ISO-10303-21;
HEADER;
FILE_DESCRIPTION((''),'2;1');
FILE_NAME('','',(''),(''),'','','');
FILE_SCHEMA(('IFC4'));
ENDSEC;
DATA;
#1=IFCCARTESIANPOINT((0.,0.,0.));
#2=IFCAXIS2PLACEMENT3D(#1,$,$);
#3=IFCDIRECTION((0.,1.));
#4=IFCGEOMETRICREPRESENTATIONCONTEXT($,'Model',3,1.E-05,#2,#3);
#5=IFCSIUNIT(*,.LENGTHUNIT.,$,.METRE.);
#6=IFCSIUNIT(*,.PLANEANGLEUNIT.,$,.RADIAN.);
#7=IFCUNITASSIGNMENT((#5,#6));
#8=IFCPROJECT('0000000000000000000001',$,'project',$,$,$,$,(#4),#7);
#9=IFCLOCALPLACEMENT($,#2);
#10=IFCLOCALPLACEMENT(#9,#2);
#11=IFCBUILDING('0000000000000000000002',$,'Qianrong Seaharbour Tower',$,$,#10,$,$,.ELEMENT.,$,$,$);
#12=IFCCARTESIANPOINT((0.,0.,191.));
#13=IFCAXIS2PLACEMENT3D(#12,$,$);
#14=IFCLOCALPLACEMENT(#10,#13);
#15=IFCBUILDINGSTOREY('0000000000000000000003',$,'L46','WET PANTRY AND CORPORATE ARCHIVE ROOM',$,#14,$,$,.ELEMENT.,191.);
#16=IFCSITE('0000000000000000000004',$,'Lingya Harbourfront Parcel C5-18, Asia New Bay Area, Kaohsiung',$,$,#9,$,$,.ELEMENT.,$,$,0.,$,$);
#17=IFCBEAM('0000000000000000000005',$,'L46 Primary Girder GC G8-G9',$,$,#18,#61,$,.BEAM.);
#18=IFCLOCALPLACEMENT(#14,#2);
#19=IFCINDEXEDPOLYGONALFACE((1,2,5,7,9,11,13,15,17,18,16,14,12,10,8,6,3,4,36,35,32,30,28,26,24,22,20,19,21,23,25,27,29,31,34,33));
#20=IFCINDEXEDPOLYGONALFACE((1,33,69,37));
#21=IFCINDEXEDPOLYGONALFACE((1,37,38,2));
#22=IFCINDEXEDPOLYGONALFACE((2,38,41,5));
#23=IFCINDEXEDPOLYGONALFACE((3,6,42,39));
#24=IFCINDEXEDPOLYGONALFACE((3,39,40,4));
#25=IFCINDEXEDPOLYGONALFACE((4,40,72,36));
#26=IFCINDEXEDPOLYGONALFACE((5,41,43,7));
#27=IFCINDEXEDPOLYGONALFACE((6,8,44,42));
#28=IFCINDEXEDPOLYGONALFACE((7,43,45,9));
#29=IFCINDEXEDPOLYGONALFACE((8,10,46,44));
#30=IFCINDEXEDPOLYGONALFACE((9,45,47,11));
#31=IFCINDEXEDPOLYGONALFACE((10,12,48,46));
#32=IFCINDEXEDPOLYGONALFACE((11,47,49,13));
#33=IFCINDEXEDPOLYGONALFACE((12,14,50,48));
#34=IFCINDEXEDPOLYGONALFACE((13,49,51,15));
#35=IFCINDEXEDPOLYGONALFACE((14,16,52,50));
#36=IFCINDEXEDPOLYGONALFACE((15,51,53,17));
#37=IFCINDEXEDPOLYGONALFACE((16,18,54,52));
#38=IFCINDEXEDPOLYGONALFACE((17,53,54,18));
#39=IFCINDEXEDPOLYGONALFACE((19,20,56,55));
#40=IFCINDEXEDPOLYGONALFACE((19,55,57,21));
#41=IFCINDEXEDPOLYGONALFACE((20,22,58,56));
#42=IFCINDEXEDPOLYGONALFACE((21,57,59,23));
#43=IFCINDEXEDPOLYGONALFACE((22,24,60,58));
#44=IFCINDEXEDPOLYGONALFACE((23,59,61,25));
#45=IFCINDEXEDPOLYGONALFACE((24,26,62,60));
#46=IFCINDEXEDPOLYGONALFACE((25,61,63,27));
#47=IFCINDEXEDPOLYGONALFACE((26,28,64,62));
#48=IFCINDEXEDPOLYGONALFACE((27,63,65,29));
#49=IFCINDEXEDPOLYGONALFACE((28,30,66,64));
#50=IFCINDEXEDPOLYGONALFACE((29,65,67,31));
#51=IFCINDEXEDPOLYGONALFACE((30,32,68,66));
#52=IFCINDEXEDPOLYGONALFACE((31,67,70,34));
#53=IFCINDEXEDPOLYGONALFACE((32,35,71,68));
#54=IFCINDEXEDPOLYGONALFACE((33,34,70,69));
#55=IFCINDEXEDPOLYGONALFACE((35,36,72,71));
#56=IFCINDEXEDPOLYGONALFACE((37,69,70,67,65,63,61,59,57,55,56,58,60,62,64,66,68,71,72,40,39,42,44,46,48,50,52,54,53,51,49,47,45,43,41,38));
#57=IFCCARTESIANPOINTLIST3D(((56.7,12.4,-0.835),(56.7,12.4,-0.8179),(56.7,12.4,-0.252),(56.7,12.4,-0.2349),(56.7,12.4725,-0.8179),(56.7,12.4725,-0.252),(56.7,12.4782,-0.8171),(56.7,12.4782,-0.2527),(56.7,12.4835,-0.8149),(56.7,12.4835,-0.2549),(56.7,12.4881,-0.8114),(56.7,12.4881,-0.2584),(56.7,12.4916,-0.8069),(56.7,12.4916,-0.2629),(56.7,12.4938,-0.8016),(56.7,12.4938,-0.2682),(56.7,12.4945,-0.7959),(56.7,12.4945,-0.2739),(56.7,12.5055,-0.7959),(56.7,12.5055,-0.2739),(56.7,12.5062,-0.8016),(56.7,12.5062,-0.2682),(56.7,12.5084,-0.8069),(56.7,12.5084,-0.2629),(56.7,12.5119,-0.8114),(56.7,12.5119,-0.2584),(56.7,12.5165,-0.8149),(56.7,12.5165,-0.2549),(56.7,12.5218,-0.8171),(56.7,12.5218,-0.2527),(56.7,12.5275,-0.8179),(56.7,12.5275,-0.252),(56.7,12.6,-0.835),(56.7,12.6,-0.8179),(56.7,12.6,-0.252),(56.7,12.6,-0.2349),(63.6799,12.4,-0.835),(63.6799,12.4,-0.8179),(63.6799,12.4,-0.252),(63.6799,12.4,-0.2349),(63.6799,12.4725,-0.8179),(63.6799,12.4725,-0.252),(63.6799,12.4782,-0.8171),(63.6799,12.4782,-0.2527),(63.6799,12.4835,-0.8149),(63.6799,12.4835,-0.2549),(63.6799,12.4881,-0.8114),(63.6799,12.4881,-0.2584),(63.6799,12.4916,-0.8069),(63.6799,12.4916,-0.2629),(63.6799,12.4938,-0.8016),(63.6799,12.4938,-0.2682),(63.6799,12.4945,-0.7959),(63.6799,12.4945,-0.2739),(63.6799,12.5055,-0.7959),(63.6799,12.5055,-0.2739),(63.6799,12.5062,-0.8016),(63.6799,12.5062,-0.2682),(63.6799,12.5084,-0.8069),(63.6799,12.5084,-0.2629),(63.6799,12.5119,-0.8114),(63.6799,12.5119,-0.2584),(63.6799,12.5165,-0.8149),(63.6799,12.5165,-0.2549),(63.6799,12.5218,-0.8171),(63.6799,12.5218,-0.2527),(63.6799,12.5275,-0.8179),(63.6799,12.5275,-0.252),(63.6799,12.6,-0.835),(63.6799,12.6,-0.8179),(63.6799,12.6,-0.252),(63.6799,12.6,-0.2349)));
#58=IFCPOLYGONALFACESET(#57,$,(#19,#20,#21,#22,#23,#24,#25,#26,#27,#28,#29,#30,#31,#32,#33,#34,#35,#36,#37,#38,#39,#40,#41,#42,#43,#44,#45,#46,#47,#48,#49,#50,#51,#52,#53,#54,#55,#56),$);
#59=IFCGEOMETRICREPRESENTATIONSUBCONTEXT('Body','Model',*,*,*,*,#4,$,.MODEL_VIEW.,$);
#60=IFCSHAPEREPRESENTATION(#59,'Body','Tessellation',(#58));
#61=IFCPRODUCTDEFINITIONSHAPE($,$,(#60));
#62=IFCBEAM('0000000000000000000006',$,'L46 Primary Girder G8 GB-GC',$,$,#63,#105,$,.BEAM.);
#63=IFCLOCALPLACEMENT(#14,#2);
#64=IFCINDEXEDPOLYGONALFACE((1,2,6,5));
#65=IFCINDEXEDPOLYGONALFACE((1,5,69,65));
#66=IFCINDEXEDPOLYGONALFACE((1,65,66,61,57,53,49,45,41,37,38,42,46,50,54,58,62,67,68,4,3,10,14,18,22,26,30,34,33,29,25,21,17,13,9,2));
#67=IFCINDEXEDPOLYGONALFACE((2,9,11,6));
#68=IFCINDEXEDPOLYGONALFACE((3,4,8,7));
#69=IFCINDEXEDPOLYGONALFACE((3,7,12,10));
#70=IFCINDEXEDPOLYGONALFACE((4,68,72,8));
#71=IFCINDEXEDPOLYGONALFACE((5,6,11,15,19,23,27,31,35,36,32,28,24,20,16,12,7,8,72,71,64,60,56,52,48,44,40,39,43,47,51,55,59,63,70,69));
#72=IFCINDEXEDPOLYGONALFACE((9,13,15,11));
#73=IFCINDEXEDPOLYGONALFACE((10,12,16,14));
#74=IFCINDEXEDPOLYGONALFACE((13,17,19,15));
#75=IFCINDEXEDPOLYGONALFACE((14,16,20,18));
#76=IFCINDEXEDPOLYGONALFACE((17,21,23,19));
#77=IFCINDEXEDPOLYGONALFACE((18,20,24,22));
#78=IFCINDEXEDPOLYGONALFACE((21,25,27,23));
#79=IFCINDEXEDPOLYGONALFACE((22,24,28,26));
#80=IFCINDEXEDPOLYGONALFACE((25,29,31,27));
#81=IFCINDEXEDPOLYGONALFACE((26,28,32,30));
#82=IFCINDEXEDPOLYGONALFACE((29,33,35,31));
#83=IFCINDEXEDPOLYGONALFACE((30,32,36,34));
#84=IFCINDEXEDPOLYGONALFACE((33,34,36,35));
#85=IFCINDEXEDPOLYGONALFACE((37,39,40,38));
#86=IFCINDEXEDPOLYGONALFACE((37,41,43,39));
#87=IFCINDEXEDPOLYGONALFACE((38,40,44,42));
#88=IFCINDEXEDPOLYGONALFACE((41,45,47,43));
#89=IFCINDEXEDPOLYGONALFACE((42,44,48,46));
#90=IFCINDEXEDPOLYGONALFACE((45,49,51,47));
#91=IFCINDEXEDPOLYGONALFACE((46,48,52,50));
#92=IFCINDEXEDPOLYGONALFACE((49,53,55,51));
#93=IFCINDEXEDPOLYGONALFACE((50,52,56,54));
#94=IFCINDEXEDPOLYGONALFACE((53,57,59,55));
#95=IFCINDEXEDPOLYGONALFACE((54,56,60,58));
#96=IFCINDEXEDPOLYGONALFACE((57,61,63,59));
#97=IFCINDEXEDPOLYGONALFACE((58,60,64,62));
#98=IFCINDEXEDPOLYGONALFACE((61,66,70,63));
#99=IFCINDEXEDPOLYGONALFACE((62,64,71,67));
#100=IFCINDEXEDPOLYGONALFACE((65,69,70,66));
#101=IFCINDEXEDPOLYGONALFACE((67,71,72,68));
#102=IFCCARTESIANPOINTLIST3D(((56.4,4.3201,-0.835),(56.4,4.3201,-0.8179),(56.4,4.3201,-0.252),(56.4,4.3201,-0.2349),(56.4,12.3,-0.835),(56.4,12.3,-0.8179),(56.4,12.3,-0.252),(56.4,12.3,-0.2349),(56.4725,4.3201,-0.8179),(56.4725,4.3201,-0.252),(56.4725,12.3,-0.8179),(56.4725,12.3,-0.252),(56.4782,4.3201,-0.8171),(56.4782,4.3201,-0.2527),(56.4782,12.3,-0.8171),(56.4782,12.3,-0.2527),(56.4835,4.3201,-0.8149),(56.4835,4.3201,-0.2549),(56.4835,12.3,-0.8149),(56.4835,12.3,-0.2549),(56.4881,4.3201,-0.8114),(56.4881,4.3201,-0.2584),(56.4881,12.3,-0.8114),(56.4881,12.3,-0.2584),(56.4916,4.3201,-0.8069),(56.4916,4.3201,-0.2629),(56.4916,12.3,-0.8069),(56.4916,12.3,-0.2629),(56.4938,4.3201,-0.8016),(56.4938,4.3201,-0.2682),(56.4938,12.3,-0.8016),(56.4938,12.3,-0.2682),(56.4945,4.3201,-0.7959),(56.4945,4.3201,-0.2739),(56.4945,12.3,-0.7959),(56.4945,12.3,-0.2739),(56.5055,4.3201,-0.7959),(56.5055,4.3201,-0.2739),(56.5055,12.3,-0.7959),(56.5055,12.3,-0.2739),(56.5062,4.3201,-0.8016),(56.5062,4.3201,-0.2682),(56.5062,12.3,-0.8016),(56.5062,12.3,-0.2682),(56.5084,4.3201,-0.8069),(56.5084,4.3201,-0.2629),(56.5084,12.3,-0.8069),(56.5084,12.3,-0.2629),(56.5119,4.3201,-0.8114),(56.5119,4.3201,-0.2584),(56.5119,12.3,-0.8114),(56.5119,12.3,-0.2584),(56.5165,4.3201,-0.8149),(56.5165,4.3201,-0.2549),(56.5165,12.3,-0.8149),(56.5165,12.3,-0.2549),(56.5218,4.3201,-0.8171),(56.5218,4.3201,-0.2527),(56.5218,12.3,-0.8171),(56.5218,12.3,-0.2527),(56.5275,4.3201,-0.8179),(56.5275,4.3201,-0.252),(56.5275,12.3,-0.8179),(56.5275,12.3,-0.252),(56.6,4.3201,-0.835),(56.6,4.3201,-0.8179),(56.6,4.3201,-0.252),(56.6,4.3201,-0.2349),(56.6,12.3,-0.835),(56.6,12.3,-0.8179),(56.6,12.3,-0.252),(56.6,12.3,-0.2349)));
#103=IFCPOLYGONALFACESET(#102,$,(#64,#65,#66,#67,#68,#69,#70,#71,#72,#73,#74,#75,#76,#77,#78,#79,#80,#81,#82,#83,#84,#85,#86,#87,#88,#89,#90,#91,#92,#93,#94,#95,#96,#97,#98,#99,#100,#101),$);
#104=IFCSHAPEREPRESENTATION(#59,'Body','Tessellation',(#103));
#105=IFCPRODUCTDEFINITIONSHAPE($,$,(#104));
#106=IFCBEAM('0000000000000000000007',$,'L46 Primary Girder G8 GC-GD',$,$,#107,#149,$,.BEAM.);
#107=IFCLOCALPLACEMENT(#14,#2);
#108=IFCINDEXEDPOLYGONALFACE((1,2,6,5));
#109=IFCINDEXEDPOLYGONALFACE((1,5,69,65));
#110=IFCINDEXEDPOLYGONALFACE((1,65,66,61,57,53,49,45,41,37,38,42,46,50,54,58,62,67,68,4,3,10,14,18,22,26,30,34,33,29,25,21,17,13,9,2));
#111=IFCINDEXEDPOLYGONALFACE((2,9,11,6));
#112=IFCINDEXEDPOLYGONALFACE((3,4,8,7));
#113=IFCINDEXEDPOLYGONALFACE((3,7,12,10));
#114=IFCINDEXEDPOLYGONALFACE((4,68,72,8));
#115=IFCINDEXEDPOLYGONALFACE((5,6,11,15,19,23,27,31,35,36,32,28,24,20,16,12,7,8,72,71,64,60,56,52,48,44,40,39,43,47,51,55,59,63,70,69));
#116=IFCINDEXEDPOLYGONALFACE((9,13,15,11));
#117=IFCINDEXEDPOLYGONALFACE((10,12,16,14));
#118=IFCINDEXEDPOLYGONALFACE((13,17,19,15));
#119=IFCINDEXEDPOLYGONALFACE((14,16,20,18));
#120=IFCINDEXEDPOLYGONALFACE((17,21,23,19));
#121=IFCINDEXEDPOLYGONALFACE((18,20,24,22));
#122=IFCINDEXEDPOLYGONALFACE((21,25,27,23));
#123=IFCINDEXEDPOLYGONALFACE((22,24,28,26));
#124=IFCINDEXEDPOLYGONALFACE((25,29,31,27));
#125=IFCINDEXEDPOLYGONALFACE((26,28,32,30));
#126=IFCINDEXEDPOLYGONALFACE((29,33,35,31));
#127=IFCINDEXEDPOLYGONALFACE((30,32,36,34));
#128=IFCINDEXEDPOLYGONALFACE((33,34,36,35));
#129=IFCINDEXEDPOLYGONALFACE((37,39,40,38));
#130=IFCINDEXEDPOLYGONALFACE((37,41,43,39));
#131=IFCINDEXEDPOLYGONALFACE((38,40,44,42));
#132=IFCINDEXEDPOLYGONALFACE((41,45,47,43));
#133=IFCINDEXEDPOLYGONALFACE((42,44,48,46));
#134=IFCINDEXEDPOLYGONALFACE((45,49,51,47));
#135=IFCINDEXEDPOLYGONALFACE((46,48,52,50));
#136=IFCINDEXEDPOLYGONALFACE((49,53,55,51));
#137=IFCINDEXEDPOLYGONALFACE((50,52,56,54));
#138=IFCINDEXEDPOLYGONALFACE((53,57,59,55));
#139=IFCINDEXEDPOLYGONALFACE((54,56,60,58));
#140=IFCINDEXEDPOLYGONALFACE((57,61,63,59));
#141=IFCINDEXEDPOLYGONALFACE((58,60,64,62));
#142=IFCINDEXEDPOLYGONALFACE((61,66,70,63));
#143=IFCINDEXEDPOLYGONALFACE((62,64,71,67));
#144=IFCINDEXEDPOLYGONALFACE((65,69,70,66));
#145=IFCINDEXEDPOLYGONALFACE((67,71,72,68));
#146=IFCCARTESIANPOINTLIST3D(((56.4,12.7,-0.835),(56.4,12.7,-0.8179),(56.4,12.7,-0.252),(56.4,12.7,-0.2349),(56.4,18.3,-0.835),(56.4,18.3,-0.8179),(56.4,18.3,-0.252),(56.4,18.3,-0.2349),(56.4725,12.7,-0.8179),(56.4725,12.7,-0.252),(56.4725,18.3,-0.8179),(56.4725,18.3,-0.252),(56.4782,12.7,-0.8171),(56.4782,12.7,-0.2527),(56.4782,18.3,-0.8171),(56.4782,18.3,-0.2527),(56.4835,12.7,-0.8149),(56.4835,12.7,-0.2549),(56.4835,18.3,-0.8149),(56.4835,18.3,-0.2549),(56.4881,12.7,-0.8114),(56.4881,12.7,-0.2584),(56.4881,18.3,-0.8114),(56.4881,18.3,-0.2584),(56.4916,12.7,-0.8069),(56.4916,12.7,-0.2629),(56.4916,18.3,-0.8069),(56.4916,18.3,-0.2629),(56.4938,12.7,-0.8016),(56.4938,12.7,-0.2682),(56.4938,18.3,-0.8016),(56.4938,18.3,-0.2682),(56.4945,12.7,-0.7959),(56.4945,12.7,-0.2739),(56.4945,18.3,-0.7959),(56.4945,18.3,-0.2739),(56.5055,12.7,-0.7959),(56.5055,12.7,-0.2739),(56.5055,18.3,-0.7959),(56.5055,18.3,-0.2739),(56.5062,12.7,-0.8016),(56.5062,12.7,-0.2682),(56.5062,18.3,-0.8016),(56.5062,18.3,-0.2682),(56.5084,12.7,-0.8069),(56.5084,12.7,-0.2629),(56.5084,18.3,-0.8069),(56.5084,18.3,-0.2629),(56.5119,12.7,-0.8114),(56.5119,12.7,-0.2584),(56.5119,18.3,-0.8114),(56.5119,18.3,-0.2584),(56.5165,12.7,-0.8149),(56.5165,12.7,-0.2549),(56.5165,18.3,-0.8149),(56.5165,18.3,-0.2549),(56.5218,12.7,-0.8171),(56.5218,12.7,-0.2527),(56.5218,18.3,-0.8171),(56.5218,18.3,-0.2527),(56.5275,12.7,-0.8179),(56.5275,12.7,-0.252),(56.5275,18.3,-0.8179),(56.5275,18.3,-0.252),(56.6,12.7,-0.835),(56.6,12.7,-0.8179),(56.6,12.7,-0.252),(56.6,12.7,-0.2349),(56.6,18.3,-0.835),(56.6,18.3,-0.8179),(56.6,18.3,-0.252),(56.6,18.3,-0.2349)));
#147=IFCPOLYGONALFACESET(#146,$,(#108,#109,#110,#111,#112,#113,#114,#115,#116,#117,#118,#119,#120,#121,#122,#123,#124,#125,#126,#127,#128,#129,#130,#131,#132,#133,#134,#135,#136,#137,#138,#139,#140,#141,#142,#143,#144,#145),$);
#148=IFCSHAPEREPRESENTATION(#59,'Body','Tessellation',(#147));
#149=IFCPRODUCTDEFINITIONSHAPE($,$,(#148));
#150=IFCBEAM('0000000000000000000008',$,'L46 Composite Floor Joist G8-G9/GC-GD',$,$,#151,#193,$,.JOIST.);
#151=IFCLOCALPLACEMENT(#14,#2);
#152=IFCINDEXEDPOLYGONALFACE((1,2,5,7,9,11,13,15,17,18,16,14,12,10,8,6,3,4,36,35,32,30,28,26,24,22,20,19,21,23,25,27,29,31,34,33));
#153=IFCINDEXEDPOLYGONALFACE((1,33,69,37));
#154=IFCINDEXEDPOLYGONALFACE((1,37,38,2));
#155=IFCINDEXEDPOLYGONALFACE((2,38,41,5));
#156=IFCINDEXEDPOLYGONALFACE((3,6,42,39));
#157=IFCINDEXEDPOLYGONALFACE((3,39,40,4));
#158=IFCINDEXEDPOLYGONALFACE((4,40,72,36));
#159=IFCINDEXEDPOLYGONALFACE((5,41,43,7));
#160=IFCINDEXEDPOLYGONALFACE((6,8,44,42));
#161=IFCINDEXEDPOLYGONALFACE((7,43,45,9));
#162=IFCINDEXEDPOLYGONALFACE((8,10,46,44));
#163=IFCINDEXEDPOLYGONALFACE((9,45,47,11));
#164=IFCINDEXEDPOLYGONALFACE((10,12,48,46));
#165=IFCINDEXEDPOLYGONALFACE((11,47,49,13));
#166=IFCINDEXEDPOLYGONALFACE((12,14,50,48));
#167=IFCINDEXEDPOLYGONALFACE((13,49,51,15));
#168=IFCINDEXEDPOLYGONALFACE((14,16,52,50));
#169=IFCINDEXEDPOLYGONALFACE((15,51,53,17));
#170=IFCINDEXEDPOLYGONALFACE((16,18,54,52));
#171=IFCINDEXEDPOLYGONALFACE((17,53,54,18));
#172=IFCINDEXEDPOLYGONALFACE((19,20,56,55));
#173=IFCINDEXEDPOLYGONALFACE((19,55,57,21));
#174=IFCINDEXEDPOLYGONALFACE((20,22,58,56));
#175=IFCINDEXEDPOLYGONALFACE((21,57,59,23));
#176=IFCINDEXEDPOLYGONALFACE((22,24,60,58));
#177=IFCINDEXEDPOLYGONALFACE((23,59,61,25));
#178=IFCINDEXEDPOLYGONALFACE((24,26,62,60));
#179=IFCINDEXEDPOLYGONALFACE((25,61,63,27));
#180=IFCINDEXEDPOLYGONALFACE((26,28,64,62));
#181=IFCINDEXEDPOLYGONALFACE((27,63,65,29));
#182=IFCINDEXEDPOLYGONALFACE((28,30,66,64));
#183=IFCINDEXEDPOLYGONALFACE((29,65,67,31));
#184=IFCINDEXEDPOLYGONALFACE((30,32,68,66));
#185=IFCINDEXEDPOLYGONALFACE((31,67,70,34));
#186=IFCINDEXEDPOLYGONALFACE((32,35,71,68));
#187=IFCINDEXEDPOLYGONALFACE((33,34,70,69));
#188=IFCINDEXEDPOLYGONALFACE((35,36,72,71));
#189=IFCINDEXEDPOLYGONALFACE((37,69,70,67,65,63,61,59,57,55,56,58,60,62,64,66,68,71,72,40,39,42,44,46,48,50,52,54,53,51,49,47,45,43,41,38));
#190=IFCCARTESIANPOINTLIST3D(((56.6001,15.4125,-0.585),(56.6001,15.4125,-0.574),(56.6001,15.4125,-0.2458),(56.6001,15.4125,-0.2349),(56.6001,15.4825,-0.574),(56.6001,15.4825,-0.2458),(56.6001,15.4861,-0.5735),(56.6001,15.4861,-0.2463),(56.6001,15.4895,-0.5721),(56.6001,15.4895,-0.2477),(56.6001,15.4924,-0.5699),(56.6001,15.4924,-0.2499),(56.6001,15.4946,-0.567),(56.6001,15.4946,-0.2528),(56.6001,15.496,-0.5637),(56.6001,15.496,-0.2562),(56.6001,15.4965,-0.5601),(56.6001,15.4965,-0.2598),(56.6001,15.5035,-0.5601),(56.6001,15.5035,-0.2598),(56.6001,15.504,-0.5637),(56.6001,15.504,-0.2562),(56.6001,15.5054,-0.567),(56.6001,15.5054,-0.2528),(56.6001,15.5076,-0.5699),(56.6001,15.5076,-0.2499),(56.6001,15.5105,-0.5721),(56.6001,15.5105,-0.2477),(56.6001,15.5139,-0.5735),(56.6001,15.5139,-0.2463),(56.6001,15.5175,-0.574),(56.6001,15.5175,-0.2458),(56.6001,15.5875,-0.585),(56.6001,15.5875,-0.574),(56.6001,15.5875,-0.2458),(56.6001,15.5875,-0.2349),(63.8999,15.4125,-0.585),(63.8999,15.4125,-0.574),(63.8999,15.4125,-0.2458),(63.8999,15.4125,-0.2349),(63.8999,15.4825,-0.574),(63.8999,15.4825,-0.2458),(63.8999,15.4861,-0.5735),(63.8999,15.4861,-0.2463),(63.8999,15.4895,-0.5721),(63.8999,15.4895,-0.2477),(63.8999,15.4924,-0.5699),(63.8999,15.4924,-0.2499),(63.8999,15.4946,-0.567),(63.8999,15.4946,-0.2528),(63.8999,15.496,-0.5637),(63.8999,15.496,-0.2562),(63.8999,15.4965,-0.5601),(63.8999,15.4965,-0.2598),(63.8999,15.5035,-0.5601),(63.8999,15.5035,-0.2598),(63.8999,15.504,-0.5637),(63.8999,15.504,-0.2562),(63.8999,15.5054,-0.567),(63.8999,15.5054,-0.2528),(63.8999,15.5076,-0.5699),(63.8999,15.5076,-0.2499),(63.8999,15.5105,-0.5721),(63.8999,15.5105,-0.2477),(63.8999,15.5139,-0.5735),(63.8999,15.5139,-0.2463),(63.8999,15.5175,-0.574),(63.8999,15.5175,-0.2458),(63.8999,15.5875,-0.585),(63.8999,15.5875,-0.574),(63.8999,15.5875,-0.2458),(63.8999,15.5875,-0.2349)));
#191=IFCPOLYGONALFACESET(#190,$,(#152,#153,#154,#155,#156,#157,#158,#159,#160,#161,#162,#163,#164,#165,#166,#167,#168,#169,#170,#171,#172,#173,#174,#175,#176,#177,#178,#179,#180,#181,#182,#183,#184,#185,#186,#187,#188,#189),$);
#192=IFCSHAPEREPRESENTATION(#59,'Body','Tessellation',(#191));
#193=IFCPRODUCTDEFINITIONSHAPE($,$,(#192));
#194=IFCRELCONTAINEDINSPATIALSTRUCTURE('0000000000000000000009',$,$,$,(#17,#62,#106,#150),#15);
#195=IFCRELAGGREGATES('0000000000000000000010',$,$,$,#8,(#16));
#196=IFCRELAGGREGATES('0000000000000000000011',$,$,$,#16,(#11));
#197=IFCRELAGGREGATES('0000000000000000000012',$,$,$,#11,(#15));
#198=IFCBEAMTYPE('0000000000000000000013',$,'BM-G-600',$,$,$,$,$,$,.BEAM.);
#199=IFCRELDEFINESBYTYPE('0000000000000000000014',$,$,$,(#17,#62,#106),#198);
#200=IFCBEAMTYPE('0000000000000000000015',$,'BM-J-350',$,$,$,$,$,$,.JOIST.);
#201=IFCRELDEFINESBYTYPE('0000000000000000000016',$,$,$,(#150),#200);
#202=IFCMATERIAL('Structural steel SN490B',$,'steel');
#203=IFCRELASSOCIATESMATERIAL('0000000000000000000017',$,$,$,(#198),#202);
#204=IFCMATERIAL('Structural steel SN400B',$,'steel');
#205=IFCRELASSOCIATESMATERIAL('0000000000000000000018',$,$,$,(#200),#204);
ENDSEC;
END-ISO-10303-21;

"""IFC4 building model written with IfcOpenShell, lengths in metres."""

from ifc_helpers import new_model, si_unit, direction, frame, origin, origin_2d, place, context, subcontext, project, spatial, i_section, extrude, material, material_profile, profile_set, type_object, element, save


model = new_model("IFC4")

# Units and contexts
model_context = context("Model", 3, precision=1e-05, world=origin(), true_north=direction((0.0, 1.0)))
body_context = subcontext(model_context, "Body", "Model", "MODEL_VIEW")
ifc_project = project(units=[si_unit("LENGTHUNIT", "METRE"), si_unit("PLANEANGLEUNIT", "RADIAN")], contexts=[model_context])

# Site, building, storey
site_placement = place(None, origin())
site = spatial("IfcSite", under=ifc_project, at=site_placement, Name="Lingya Harbourfront Parcel C5-18, Asia New Bay Area, Kaohsiung", CompositionType="ELEMENT", RefElevation=0.0)
building_placement = place(site_placement, origin())
building = spatial("IfcBuilding", under=site, at=building_placement, Name="Qianrong Seaharbour Tower", CompositionType="ELEMENT")
storey_placement = place(building_placement, frame((0.0, 0.0, 191.0)))
storey = spatial("IfcBuildingStorey", under=building, at=storey_placement, Name="L46", Description="WET PANTRY AND CORPORATE ARCHIVE ROOM", CompositionType="ELEMENT", Elevation=191.0)

# Shared definitions
ifc_material_1 = material(Name="Structural steel SN490B", Category="steel")

# Beams
ifc_material_profile_1 = material_profile(ifc_material_1, i_section(OverallWidth=0.2, OverallDepth=0.6001, WebThickness=0.011, FlangeThickness=0.0171, FilletRadius=0.022, at=origin_2d()), Name="H600x200x11x17")
ifc_profile_set_1 = profile_set([ifc_material_profile_1], Name="Structural steel SN490B")
beam_type_1 = type_object("IfcBeamType", Name="BM-G-600", PredefinedType="BEAM", material=ifc_profile_set_1)
beam_1_placement = place(storey_placement, frame((56.7, 12.5, -0.5349), z_axis=(1.0, 0.0, 0.0), x_axis=(0.0, 1.0, 0.0)))
element("IfcBeam", 1, at=beam_1_placement, inside=storey, type_object=beam_type_1, Name="L46 Primary Girder GC G8-G9", PredefinedType="BEAM", context=body_context, shape_type="SweptSolid", body=[
    extrude(i_section(OverallWidth=0.2, OverallDepth=0.6001, WebThickness=0.011, FlangeThickness=0.0171, FilletRadius=0.022, at=origin_2d()), origin(), (0.0, 0.0, 1.0), 6.98),
])
beam_2_placement = place(storey_placement, frame((56.5, 4.3201, -0.5349), z_axis=(0.0, 1.0, 0.0), x_axis=(-1.0, 0.0, 0.0)))
element("IfcBeam", 2, at=beam_2_placement, inside=storey, type_object=beam_type_1, Name="L46 Primary Girder G8 GB-GC", PredefinedType="BEAM", context=body_context, shape_type="SweptSolid", body=[
    extrude(i_section(OverallWidth=0.2, OverallDepth=0.6001, WebThickness=0.011, FlangeThickness=0.0171, FilletRadius=0.022, at=origin_2d()), origin(), (0.0, 0.0, 1.0), 7.98),
])
beam_3_placement = place(storey_placement, frame((56.5, 12.7, -0.5349), z_axis=(0.0, 1.0, 0.0), x_axis=(-1.0, 0.0, 0.0)))
element("IfcBeam", 3, at=beam_3_placement, inside=storey, type_object=beam_type_1, Name="L46 Primary Girder G8 GC-GD", PredefinedType="BEAM", context=body_context, shape_type="SweptSolid", body=[
    extrude(i_section(OverallWidth=0.2, OverallDepth=0.6001, WebThickness=0.011, FlangeThickness=0.0171, FilletRadius=0.022, at=origin_2d()), origin(), (0.0, 0.0, 1.0), 5.6001),
])
ifc_material_2 = material(Name="Structural steel SN400B", Category="steel")
ifc_material_profile_2 = material_profile(ifc_material_2, i_section(OverallWidth=0.175, OverallDepth=0.3501, WebThickness=0.0071, FlangeThickness=0.011, FilletRadius=0.0139, at=origin_2d()), Name="H350x175x7x11")
ifc_profile_set_2 = profile_set([ifc_material_profile_2], Name="Structural steel SN400B")
beam_type_2 = type_object("IfcBeamType", Name="BM-J-350", PredefinedType="JOIST", material=ifc_profile_set_2)
beam_4_placement = place(storey_placement, frame((56.6001, 15.5, -0.4099), z_axis=(1.0, 0.0, 0.0), x_axis=(0.0, 1.0, 0.0)))
element("IfcBeam", 4, at=beam_4_placement, inside=storey, type_object=beam_type_2, Name="L46 Composite Floor Joist G8-G9/GC-GD", PredefinedType="JOIST", context=body_context, shape_type="SweptSolid", body=[
    extrude(i_section(OverallWidth=0.175, OverallDepth=0.3501, WebThickness=0.0071, FlangeThickness=0.011, FilletRadius=0.0139, at=origin_2d()), origin(), (0.0, 0.0, 1.0), 7.2998),
])

save(model, "model.ifc")
